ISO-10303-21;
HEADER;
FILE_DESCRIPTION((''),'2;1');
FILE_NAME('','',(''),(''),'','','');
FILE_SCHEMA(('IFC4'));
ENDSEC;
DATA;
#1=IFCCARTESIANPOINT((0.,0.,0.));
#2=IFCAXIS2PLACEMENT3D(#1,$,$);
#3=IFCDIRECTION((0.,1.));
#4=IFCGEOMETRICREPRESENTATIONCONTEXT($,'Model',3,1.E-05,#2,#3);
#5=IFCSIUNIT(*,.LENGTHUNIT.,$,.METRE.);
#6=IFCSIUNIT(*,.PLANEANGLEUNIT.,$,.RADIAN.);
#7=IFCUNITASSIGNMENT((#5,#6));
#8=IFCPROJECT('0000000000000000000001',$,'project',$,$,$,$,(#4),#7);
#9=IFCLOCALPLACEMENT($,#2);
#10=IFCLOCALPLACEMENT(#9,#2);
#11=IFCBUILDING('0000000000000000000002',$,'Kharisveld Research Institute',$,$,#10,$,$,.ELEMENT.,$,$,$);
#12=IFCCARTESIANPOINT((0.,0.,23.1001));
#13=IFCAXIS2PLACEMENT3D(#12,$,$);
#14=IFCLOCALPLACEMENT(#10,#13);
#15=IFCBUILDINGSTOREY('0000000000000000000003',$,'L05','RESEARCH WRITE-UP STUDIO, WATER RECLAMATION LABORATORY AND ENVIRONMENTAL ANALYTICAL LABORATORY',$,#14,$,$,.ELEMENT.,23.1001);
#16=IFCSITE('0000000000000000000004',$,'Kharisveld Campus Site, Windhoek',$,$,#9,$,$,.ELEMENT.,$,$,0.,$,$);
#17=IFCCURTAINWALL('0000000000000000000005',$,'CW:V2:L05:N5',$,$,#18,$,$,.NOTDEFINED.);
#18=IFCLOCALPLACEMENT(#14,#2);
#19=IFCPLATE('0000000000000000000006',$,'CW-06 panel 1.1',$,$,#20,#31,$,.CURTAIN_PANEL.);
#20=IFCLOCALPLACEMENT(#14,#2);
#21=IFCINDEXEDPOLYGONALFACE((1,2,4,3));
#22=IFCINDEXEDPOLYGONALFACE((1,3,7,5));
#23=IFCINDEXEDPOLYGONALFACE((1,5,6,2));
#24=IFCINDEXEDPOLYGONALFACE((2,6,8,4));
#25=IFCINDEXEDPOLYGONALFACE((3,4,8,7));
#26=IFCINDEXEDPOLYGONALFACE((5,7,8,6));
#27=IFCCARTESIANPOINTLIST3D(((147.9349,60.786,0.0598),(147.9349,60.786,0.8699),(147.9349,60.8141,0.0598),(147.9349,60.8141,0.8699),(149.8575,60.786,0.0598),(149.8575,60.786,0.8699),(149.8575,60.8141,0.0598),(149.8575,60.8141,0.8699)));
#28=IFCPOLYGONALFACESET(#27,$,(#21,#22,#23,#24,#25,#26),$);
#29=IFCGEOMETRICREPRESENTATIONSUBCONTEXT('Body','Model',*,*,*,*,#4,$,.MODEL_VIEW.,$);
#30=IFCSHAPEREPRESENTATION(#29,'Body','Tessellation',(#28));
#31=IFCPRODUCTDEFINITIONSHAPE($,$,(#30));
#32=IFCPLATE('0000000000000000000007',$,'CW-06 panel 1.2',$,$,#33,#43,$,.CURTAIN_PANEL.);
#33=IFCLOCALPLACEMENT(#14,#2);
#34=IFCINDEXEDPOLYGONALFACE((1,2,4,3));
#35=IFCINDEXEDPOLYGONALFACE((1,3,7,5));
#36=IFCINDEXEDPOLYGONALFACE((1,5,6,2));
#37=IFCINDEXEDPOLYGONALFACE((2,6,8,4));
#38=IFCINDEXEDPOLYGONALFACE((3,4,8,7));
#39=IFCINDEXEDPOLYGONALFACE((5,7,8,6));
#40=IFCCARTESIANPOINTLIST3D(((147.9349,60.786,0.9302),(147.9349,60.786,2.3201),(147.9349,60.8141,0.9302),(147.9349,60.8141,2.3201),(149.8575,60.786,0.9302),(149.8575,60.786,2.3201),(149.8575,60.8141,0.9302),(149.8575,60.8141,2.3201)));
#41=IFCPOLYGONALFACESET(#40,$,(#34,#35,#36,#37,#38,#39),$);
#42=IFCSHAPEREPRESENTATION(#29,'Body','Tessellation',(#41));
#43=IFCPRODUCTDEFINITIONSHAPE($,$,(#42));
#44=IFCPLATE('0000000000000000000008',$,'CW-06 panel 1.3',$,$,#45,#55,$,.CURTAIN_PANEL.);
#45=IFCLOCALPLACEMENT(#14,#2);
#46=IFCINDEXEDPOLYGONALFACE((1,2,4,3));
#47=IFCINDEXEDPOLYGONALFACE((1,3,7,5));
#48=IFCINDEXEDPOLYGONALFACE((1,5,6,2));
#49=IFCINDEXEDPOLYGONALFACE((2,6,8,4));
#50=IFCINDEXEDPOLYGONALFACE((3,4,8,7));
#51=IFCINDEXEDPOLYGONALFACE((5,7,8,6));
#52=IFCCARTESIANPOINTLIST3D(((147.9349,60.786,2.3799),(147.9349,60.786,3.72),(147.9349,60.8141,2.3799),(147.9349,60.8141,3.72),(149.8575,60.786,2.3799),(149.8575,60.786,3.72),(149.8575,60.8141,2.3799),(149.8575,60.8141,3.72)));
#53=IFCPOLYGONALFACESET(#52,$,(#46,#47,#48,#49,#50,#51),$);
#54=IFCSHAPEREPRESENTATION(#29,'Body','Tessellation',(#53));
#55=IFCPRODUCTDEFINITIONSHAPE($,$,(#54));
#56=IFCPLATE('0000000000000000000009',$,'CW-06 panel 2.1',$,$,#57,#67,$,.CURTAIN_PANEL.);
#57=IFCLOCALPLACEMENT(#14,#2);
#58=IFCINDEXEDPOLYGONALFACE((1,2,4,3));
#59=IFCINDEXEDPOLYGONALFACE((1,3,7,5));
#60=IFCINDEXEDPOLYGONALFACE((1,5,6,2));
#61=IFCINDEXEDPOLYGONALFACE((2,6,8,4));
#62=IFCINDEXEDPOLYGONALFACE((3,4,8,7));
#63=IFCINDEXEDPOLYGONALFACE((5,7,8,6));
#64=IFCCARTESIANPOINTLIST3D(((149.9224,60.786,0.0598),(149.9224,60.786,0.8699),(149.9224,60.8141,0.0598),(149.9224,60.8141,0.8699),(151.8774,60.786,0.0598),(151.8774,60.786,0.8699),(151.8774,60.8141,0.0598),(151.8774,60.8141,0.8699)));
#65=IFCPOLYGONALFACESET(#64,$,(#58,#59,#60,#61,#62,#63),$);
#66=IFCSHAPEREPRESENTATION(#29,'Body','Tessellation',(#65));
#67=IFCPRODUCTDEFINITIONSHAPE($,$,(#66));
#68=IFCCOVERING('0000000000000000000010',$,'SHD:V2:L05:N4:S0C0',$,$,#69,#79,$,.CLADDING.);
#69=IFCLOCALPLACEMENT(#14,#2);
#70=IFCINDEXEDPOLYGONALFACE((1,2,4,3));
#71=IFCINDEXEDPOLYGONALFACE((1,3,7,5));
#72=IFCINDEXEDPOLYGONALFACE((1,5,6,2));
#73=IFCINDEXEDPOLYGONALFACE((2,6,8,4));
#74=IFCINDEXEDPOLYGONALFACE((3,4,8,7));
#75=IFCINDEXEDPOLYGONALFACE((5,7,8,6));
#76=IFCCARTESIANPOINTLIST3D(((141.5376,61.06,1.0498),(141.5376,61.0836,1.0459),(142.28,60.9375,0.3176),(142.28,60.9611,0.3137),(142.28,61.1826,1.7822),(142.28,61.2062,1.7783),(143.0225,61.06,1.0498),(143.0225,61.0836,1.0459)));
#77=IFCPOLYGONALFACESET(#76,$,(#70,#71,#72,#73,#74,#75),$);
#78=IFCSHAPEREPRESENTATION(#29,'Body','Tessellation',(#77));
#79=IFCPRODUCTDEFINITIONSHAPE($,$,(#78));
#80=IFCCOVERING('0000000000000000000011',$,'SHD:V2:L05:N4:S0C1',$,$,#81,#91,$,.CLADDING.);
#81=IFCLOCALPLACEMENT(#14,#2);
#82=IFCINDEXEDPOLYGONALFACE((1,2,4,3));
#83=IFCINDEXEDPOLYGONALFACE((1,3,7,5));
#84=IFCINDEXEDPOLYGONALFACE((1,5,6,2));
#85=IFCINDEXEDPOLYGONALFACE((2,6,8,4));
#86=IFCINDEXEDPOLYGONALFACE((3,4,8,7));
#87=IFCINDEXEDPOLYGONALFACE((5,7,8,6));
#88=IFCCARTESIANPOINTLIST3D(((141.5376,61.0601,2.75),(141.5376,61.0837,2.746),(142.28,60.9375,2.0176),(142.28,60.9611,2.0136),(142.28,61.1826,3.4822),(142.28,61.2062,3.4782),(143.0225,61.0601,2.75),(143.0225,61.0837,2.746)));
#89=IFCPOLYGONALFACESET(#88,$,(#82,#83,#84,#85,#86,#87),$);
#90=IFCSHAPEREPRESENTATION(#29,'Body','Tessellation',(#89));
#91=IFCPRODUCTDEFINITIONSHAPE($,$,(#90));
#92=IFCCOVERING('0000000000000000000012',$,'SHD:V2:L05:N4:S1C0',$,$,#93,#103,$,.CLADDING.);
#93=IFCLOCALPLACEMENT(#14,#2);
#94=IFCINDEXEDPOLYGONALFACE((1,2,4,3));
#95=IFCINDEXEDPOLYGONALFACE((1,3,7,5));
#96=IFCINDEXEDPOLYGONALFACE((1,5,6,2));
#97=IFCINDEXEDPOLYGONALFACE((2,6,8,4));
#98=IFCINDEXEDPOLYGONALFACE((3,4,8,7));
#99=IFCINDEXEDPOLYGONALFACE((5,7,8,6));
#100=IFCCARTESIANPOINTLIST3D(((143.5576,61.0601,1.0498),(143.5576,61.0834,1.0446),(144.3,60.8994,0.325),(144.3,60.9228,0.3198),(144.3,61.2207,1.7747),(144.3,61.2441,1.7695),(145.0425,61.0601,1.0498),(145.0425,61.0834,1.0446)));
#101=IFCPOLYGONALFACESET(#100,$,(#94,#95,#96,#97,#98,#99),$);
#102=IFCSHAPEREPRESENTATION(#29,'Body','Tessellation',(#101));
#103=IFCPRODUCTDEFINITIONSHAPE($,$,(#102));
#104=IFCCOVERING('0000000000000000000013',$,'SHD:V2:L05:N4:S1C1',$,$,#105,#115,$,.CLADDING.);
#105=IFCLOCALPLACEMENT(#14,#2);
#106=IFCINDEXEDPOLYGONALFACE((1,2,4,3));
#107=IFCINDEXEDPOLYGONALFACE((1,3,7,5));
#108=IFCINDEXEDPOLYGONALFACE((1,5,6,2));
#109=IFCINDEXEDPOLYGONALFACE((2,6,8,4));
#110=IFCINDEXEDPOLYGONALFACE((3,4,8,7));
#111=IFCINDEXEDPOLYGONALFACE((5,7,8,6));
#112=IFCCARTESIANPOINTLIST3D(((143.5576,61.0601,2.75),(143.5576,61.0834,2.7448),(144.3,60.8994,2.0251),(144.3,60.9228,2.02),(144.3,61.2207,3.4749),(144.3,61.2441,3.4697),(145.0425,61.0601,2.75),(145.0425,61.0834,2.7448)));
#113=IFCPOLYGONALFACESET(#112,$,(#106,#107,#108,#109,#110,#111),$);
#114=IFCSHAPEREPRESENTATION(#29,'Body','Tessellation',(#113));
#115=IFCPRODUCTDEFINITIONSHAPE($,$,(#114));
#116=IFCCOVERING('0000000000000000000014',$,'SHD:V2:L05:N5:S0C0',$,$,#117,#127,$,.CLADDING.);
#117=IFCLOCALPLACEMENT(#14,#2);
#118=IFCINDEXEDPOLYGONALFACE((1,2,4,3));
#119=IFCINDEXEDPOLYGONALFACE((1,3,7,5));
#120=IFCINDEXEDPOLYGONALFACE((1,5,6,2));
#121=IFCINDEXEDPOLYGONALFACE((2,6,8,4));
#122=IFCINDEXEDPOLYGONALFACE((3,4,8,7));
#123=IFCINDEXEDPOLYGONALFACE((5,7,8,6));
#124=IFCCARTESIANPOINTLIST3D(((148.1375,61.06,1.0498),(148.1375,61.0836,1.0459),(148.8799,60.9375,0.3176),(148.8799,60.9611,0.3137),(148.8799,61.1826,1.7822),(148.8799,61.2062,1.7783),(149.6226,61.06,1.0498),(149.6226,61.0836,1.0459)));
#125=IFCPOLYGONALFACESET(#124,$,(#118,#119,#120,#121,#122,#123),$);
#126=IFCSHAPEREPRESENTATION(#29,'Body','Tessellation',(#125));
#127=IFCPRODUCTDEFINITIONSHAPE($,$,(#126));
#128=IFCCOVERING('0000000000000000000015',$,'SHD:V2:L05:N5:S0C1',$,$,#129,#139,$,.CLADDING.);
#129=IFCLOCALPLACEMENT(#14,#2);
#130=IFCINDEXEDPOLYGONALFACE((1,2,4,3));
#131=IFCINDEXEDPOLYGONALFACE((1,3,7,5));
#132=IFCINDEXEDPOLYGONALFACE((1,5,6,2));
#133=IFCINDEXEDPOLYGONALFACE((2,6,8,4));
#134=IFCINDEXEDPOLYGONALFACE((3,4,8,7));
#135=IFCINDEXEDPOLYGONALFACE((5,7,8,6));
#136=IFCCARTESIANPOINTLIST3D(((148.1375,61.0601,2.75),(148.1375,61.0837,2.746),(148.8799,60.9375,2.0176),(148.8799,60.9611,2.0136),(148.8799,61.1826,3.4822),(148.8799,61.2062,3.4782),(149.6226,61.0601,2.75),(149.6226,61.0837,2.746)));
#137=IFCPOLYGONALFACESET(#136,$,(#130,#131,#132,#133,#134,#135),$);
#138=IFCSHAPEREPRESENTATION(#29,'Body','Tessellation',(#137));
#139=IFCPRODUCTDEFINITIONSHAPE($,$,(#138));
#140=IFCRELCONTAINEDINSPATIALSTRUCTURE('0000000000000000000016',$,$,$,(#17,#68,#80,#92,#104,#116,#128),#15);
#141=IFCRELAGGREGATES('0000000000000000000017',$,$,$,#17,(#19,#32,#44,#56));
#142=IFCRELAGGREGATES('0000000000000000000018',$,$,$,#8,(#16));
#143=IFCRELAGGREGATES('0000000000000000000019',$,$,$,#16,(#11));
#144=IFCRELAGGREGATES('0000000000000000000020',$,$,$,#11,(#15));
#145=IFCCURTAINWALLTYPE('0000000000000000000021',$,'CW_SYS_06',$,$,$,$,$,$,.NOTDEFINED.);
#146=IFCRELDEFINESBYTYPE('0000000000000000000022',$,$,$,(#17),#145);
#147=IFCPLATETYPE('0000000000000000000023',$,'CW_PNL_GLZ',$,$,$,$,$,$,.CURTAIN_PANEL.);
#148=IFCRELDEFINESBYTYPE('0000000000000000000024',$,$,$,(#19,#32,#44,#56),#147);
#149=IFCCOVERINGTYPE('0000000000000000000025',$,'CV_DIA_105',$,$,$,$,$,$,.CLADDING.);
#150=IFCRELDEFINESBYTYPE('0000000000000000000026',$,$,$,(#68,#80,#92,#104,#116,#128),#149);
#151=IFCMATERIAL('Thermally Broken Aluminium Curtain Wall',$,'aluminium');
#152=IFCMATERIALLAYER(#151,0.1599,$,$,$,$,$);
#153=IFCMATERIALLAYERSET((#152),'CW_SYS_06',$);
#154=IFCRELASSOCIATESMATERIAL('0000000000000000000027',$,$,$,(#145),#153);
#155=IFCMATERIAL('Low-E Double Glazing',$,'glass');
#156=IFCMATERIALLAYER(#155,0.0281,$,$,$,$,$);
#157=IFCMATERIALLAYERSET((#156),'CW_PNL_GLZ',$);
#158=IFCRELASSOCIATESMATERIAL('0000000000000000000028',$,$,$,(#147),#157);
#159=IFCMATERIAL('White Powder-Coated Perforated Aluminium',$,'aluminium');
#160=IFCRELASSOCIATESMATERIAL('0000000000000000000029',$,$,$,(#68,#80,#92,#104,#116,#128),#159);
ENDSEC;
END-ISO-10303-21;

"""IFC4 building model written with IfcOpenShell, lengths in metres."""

from ifc_helpers import new_model, si_unit, direction, frame, origin, origin_2d, place, context, subcontext, project, spatial, polyline, rectangle, outline, extrude, material, layer, layer_set, type_object, element, aggregate, save


model = new_model("IFC4")

# Units and contexts
model_context = context("Model", 3, precision=1e-05, world=origin(), true_north=direction((0.0, 1.0)))
body_context = subcontext(model_context, "Body", "Model", "MODEL_VIEW")
ifc_project = project(units=[si_unit("LENGTHUNIT", "METRE"), si_unit("PLANEANGLEUNIT", "RADIAN")], contexts=[model_context])

# Site, building, storey
site_placement = place(None, origin())
site = spatial("IfcSite", under=ifc_project, at=site_placement, Name="Kharisveld Campus Site, Windhoek", CompositionType="ELEMENT", RefElevation=0.0)
building_placement = place(site_placement, origin())
building = spatial("IfcBuilding", under=site, at=building_placement, Name="Kharisveld Research Institute", CompositionType="ELEMENT")
storey_placement = place(building_placement, frame((0.0, 0.0, 23.1001)))
storey = spatial("IfcBuildingStorey", under=building, at=storey_placement, Name="L05", Description="RESEARCH WRITE-UP STUDIO, WATER RECLAMATION LABORATORY AND ENVIRONMENTAL ANALYTICAL LABORATORY", CompositionType="ELEMENT", Elevation=23.1001)

# Curtain wall
ifc_material_1 = material(Name="Thermally Broken Aluminium Curtain Wall", Category="aluminium")
ifc_layer_1 = layer(ifc_material_1, 0.1599)
ifc_layer_set_1 = layer_set([ifc_layer_1], Name="CW_SYS_06")
curtain_wall_type_1 = type_object("IfcCurtainWallType", Name="CW_SYS_06", PredefinedType="NOTDEFINED", material=ifc_layer_set_1)
curtain_wall_1_placement = place(storey_placement, origin())
curtain_wall_1 = element("IfcCurtainWall", 1, at=curtain_wall_1_placement, inside=storey, type_object=curtain_wall_type_1, Name="CW:V2:L05:N5", PredefinedType="NOTDEFINED")

# Plates
ifc_material_2 = material(Name="Low-E Double Glazing", Category="glass")
ifc_layer_2 = layer(ifc_material_2, 0.0281)
ifc_layer_set_2 = layer_set([ifc_layer_2], Name="CW_PNL_GLZ")
plate_type = type_object("IfcPlateType", Name="CW_PNL_GLZ", PredefinedType="CURTAIN_PANEL", material=ifc_layer_set_2)
plate_1_placement = place(storey_placement, frame((148.8962, 60.8, 0.0598), z_axis=(0.0, 0.0, 1.0), x_axis=(1.0, 0.0, 0.0)))
plate_1 = element("IfcPlate", 2, at=plate_1_placement, type_object=plate_type, Name="CW-06 panel 1.1", PredefinedType="CURTAIN_PANEL", context=body_context, shape_type="SweptSolid", body=[
    extrude(rectangle(XDim=1.9226, YDim=0.0281, at=origin_2d()), origin(), (0.0, 0.0, 1.0), 0.8101),
])
plate_2_placement = place(storey_placement, frame((148.8962, 60.8, 0.9302), z_axis=(0.0, 0.0, 1.0), x_axis=(1.0, 0.0, 0.0)))
plate_2 = element("IfcPlate", 3, at=plate_2_placement, type_object=plate_type, Name="CW-06 panel 1.2", PredefinedType="CURTAIN_PANEL", context=body_context, shape_type="SweptSolid", body=[
    extrude(rectangle(XDim=1.9226, YDim=0.0281, at=origin_2d()), origin(), (0.0, 0.0, 1.0), 1.3899),
])
plate_3_placement = place(storey_placement, frame((148.8962, 60.8, 2.3799), z_axis=(0.0, 0.0, 1.0), x_axis=(1.0, 0.0, 0.0)))
plate_3 = element("IfcPlate", 4, at=plate_3_placement, type_object=plate_type, Name="CW-06 panel 1.3", PredefinedType="CURTAIN_PANEL", context=body_context, shape_type="SweptSolid", body=[
    extrude(rectangle(XDim=1.9226, YDim=0.0281, at=origin_2d()), origin(), (0.0, 0.0, 1.0), 1.3401),
])
plate_4_placement = place(storey_placement, frame((150.8999, 60.8, 0.0598), z_axis=(0.0, 0.0, 1.0), x_axis=(1.0, 0.0, 0.0)))
plate_4 = element("IfcPlate", 5, at=plate_4_placement, type_object=plate_type, Name="CW-06 panel 2.1", PredefinedType="CURTAIN_PANEL", context=body_context, shape_type="SweptSolid", body=[
    extrude(rectangle(XDim=1.9551, YDim=0.0281, at=origin_2d()), origin(), (0.0, 0.0, 1.0), 0.8101),
])
aggregate(curtain_wall_1, [plate_1, plate_2, plate_3, plate_4])

# Coverings
ifc_material_3 = material(Name="White Powder-Coated Perforated Aluminium", Category="aluminium")
covering_type = type_object("IfcCoveringType", Name="CV_DIA_105", PredefinedType="CLADDING")
covering_1_placement = place(storey_placement, frame((142.28, 60.9375, 0.3176), z_axis=(0.0, -0.986283, 0.165065), x_axis=(0.707139, 0.116714, 0.697376)))
element("IfcCovering", 6, at=covering_1_placement, inside=storey, type_object=covering_type, material=ifc_material_3, Name="SHD:V2:L05:N4:S0C0", PredefinedType="CLADDING", context=body_context, shape_type="SweptSolid", body=[
    extrude(outline(polyline([(0.0, 0.0), (1.0499, 0.0), (1.05, 1.0501), (-0.0001, 1.0499), (0.0, 0.0)])), origin(), (0.0, 0.0, -1.0), 0.0239),
])
covering_2_placement = place(storey_placement, frame((142.28, 60.9375, 2.0176), z_axis=(0.0, -0.986283, 0.165065), x_axis=(0.707024, 0.116733, 0.697489)))
element("IfcCovering", 7, at=covering_2_placement, inside=storey, type_object=covering_type, material=ifc_material_3, Name="SHD:V2:L05:N4:S0C1", PredefinedType="CLADDING", context=body_context, shape_type="SweptSolid", body=[
    extrude(outline(polyline([(0.0, 0.0), (1.0501, 0.0), (1.0502, 1.0499), (0.0002, 1.0501), (0.0, 0.0)])), origin(), (0.0, 0.0, -1.0), 0.0239),
])
for number, where, z_axis, x_axis, name in (
    (8, (144.3, 60.8994, 0.325), (0.0, -0.976311, 0.216373), (0.707102, 0.153, 0.69036), "SHD:V2:L05:N4:S1C0"),
    (9, (144.3, 60.8994, 2.0251), (0.0, -0.976311, 0.216373), (0.707102, 0.153, 0.69036), "SHD:V2:L05:N4:S1C1"),
):
    element("IfcCovering", number, at=place(storey_placement, frame(where, z_axis=z_axis, x_axis=x_axis)), inside=storey, type_object=covering_type, material=ifc_material_3, Name=name, PredefinedType="CLADDING", context=body_context, shape_type="SweptSolid", body=[
        extrude(outline(polyline([(0.0, 0.0), (1.05, 0.0), (1.05, 1.05), (0.0, 1.05), (0.0, 0.0)])), origin(), (0.0, 0.0, -1.0), 0.0239),
    ])
covering_3_placement = place(storey_placement, frame((148.8799, 60.9375, 0.3176), z_axis=(0.0, -0.986283, 0.165065), x_axis=(0.707255, 0.116694, 0.697261)))
element("IfcCovering", 10, at=covering_3_placement, inside=storey, type_object=covering_type, material=ifc_material_3, Name="SHD:V2:L05:N5:S0C0", PredefinedType="CLADDING", context=body_context, shape_type="SweptSolid", body=[
    extrude(outline(polyline([(0.0, 0.0), (1.0501, 0.0), (1.0498, 1.0503), (-0.0003, 1.0499), (0.0, 0.0)])), origin(), (0.0, 0.0, -1.0), 0.0239),
])
covering_4_placement = place(storey_placement, frame((148.8799, 60.9375, 2.0176), z_axis=(0.0, -0.986283, 0.165065), x_axis=(0.70714, 0.116713, 0.697374)))
element("IfcCovering", 11, at=covering_4_placement, inside=storey, type_object=covering_type, material=ifc_material_3, Name="SHD:V2:L05:N5:S0C1", PredefinedType="CLADDING", context=body_context, shape_type="SweptSolid", body=[
    extrude(outline(polyline([(0.0, 0.0), (1.0503, 0.0), (1.05, 1.0501), (0.0001, 1.0501), (0.0, 0.0)])), origin(), (0.0, 0.0, -1.0), 0.0239),
])

save(model, "model.ifc")
